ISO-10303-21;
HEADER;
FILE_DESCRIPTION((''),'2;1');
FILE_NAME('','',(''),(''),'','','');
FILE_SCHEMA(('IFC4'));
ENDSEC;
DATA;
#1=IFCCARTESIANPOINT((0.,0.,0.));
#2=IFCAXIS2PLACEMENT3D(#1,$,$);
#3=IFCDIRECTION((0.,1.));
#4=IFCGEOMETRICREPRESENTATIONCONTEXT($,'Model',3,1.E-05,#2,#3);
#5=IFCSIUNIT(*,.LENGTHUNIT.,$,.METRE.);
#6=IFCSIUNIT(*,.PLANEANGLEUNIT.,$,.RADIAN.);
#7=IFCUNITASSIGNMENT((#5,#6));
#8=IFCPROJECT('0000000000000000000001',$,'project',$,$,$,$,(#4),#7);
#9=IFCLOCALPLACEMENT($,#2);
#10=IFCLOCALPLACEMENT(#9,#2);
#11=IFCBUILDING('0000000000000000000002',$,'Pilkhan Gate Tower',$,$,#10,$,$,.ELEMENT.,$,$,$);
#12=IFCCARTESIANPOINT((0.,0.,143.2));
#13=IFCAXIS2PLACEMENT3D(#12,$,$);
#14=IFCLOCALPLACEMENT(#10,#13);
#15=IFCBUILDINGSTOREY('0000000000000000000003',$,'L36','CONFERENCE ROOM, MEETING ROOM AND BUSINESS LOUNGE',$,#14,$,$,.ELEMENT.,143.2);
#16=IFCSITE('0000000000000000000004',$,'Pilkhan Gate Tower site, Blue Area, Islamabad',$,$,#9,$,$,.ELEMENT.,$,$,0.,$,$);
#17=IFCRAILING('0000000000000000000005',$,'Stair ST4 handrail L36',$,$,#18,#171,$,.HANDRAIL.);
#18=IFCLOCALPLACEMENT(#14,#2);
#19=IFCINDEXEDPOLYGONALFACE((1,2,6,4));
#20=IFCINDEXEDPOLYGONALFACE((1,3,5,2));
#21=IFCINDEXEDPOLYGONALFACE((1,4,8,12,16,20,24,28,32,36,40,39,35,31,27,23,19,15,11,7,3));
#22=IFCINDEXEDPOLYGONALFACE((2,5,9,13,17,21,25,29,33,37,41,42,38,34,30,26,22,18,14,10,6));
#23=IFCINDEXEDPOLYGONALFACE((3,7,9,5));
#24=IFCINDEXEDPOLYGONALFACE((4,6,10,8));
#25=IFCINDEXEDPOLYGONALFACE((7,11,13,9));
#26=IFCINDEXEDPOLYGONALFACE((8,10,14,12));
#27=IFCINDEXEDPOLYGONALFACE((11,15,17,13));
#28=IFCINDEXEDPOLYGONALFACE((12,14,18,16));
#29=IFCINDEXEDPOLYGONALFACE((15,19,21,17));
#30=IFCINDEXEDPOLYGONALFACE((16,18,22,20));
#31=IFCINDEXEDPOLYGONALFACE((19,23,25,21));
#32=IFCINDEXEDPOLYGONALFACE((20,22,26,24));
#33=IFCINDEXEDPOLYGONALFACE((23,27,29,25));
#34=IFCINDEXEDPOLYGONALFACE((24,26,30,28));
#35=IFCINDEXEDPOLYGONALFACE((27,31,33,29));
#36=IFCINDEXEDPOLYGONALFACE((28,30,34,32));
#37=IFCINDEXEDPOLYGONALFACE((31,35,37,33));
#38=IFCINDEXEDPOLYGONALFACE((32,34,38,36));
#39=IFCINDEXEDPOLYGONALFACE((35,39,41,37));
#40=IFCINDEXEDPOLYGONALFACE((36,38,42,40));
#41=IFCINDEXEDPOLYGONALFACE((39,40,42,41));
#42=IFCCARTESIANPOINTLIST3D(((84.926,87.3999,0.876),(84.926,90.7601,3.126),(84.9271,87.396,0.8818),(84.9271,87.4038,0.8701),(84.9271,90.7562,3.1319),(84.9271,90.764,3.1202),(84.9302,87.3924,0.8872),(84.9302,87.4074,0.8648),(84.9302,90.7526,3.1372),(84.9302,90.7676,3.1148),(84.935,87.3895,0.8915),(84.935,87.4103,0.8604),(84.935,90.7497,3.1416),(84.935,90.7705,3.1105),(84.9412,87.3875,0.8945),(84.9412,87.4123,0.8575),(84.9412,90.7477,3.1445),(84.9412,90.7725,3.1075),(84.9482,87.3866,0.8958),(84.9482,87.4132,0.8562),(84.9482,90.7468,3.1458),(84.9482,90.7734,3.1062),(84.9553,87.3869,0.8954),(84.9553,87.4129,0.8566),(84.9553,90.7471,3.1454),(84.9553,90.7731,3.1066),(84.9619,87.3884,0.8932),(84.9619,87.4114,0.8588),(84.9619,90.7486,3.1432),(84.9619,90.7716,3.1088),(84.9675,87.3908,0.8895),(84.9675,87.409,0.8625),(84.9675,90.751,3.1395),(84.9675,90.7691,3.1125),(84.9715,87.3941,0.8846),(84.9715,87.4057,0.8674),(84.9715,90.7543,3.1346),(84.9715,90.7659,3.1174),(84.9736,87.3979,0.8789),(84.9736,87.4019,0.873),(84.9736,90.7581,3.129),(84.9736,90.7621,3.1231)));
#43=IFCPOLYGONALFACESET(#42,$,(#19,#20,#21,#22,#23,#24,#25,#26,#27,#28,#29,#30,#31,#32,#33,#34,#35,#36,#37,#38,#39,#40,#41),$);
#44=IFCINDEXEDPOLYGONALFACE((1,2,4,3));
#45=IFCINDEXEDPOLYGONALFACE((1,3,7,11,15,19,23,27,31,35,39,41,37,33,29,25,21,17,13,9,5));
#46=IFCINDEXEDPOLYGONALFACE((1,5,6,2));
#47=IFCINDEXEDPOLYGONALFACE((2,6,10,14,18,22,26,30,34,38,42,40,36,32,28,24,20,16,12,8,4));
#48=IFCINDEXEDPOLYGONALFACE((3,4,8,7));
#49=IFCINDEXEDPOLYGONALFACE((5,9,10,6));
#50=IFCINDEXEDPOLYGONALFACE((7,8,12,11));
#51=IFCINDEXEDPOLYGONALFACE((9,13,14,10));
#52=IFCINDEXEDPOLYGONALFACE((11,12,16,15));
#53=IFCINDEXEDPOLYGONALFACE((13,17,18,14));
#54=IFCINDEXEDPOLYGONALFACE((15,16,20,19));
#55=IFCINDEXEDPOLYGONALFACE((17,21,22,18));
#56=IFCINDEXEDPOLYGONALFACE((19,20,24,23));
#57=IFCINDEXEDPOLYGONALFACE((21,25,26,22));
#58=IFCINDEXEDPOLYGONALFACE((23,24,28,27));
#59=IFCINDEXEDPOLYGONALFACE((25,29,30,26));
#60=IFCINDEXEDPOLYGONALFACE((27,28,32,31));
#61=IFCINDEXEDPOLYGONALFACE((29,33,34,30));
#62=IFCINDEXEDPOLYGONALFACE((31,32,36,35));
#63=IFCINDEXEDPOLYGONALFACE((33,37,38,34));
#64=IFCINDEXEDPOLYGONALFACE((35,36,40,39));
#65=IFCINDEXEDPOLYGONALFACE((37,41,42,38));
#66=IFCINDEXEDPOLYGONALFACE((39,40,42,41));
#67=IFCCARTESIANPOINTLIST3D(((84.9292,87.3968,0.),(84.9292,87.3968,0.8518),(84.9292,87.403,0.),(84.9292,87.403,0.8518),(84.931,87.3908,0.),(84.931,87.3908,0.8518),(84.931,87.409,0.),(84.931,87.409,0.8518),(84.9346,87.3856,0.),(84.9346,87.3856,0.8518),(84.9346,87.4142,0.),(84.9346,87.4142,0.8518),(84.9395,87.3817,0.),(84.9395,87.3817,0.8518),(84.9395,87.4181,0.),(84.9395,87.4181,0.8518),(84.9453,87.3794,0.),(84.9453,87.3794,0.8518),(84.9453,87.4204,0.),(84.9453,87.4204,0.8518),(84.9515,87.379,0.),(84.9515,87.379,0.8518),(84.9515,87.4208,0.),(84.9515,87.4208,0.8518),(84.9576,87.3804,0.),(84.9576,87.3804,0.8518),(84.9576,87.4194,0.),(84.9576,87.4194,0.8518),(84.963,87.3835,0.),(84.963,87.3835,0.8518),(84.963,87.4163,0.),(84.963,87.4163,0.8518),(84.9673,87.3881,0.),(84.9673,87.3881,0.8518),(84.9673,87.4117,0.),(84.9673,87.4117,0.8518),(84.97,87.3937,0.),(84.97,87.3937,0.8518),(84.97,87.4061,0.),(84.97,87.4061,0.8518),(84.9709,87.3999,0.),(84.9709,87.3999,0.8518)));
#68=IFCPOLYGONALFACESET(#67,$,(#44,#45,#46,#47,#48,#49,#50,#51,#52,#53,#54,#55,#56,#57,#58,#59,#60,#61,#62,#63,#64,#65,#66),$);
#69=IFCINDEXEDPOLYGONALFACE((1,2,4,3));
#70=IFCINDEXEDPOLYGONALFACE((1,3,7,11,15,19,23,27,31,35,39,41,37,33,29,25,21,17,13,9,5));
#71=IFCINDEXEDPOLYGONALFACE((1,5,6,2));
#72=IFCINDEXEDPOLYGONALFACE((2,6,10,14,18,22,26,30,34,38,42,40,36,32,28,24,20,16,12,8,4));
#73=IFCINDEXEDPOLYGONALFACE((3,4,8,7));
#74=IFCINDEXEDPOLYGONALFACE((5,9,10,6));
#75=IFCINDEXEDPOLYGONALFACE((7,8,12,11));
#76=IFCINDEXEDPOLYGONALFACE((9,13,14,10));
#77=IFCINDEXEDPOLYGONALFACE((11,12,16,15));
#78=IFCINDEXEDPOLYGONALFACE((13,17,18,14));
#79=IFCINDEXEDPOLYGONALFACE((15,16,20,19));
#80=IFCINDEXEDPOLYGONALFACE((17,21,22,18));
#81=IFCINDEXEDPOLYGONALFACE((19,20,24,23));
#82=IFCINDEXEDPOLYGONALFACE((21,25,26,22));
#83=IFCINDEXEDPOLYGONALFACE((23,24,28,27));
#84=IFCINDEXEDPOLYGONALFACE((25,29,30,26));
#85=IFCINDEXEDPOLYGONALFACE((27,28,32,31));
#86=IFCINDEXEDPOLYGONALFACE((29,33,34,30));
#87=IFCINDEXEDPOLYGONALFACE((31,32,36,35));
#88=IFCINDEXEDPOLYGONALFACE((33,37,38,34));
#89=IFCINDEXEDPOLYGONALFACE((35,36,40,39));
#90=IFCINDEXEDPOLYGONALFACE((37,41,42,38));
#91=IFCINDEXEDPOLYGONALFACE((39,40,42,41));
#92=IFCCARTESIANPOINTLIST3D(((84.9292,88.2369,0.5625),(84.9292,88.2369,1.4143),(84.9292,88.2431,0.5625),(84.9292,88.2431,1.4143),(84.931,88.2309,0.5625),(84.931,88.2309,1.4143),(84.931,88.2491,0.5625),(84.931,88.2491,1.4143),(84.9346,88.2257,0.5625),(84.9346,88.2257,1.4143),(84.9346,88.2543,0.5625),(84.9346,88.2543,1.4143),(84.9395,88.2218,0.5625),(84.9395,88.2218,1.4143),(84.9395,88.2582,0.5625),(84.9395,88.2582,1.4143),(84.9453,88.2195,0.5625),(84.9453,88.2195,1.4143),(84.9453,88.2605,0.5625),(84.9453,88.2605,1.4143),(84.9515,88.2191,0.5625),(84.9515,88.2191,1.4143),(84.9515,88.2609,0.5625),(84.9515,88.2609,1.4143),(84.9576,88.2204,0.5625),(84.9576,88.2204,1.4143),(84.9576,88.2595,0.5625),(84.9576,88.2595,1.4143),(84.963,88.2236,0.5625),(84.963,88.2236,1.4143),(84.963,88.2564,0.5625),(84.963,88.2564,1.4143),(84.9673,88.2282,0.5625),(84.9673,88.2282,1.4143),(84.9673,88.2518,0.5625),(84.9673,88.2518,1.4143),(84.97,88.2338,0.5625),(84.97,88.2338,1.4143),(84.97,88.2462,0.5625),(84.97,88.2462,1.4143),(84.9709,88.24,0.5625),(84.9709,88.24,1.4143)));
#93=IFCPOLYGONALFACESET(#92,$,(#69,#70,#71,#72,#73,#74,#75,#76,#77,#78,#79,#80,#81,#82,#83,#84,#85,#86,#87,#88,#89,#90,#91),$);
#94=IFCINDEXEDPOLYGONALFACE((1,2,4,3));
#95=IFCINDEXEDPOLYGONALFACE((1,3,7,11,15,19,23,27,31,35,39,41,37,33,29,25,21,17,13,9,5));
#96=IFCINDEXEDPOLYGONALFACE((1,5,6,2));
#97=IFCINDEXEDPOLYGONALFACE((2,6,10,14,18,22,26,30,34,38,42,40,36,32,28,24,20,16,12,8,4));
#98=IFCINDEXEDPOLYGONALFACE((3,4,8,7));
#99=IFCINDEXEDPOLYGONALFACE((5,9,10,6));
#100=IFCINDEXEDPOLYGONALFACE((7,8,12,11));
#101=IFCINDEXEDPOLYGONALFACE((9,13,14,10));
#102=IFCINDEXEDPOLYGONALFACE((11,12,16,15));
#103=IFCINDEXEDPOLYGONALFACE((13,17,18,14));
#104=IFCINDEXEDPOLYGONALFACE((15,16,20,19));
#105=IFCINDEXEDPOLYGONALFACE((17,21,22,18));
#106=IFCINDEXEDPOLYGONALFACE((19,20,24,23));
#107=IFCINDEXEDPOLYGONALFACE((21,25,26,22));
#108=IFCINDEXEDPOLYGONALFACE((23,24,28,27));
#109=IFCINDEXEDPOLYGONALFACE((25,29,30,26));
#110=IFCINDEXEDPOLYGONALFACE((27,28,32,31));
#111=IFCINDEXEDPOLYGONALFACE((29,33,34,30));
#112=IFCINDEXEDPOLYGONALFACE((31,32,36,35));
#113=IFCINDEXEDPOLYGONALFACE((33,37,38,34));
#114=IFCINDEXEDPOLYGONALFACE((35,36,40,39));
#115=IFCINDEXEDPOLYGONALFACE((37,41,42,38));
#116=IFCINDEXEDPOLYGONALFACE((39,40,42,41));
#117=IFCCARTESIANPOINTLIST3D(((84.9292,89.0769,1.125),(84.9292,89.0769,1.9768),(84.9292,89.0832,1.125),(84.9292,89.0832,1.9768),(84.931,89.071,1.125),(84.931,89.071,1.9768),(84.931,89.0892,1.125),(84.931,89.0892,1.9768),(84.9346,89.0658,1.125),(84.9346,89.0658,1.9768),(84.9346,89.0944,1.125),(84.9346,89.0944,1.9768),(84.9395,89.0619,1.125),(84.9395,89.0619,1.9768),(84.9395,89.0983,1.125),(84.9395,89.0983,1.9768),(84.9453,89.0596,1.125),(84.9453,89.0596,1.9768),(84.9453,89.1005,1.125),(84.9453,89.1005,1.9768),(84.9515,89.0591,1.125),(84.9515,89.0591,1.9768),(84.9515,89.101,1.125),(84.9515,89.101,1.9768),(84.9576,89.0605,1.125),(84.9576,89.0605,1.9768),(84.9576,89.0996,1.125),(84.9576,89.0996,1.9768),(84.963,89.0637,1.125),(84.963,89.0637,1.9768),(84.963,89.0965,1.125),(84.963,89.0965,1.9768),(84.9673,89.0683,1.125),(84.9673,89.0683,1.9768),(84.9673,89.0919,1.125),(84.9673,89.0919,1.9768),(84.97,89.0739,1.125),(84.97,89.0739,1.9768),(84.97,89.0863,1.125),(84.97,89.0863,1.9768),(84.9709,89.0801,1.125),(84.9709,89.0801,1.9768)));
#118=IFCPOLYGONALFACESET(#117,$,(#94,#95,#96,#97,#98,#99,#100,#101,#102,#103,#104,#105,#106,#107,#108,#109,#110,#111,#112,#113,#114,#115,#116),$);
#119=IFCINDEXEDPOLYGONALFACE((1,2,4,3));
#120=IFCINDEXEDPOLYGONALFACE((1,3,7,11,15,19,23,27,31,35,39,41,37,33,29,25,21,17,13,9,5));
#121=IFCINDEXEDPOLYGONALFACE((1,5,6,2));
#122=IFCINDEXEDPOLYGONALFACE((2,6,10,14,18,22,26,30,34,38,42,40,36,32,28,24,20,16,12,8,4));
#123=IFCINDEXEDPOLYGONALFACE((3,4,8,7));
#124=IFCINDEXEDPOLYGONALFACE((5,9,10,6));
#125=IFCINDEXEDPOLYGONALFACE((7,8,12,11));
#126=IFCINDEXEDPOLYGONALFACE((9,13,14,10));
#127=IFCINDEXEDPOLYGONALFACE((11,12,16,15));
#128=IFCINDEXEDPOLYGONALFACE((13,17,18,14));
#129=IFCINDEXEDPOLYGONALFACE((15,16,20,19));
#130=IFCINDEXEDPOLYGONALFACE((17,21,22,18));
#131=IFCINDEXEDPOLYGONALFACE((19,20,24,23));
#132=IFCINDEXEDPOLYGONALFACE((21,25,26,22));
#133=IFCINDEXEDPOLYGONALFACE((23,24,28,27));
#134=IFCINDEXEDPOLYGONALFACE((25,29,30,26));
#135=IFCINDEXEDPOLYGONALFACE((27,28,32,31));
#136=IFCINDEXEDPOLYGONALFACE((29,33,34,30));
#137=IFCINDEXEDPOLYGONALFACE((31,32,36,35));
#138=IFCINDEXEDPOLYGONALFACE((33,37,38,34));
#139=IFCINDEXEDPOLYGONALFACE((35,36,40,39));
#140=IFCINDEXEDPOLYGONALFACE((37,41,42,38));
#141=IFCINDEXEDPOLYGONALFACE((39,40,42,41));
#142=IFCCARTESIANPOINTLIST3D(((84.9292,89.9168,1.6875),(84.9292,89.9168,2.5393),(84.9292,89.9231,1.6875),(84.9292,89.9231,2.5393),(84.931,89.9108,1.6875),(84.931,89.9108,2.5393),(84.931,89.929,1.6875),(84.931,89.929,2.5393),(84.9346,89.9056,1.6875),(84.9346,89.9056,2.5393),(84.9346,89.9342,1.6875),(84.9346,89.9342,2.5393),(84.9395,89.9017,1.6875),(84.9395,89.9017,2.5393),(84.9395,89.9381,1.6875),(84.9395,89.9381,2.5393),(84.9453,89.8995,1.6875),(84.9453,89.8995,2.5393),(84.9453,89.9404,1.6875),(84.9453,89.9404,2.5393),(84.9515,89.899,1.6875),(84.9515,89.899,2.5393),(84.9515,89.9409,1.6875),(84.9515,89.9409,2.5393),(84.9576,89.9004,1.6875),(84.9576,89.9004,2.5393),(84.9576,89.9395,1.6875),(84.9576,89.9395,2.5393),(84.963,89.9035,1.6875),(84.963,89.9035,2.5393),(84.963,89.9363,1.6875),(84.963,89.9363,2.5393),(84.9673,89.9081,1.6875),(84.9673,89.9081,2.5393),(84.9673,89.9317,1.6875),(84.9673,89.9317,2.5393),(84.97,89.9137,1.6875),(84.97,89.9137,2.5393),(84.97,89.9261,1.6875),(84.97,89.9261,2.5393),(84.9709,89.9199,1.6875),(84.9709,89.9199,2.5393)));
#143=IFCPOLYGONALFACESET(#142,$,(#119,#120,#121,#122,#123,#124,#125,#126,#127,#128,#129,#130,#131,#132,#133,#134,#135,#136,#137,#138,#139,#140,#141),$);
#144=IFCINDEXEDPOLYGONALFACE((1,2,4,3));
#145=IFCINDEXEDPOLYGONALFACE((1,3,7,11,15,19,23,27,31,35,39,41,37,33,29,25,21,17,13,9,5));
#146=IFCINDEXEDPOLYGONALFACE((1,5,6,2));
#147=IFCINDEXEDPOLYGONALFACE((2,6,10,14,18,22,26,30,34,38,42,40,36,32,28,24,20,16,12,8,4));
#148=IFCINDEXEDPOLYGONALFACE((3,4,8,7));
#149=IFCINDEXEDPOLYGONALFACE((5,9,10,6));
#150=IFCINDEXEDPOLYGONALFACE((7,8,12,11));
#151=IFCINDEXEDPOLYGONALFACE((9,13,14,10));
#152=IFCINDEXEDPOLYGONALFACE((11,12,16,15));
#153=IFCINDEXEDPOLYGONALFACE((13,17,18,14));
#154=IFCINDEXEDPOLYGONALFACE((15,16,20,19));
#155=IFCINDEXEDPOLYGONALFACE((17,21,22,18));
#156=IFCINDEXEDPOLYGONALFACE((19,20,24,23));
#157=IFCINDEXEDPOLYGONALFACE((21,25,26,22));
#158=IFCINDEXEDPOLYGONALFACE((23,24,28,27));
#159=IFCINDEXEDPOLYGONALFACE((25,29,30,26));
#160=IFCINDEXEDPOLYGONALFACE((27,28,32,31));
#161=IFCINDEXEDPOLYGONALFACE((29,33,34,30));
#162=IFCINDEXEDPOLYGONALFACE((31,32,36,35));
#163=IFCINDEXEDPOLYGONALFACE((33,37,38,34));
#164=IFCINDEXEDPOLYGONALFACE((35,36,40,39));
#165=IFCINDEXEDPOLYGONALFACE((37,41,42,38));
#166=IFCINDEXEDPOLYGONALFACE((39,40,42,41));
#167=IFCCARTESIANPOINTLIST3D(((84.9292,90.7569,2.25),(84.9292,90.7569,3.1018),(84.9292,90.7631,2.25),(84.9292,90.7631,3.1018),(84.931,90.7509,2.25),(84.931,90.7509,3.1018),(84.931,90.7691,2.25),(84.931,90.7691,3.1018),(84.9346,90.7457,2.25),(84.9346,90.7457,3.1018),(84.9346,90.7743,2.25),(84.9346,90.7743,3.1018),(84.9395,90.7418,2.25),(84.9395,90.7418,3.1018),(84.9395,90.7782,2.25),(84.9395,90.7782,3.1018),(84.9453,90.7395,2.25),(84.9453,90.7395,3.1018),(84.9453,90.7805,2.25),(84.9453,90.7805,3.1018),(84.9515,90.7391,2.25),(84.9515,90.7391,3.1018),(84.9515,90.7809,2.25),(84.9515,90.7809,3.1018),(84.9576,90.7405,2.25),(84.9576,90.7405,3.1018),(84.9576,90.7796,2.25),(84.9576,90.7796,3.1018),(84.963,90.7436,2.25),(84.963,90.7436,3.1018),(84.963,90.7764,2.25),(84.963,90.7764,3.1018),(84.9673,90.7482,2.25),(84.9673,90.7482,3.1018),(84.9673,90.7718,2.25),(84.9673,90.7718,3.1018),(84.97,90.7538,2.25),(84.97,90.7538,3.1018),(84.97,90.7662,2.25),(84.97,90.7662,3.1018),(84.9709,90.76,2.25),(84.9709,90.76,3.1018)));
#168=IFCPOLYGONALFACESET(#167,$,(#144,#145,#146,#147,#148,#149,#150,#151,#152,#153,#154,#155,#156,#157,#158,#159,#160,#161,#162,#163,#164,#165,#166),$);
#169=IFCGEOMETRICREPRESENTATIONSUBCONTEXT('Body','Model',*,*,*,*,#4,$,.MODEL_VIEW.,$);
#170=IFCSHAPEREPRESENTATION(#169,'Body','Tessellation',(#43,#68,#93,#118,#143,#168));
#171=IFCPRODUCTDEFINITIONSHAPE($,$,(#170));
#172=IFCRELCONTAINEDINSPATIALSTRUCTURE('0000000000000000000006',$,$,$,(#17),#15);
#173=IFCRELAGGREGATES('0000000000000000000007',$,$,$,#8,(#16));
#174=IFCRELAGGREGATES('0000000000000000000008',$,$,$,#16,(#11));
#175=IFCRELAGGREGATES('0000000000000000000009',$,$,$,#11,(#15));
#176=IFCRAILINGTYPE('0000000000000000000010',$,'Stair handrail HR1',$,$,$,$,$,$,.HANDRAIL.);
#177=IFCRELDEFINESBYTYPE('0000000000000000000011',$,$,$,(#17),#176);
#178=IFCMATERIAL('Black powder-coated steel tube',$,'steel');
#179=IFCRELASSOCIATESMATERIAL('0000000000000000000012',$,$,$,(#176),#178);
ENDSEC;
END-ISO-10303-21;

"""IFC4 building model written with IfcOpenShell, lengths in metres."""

from ifc_helpers import new_model, si_unit, direction, frame, origin, origin_2d, place, context, subcontext, project, spatial, circle, extrude, material, type_object, element, save


model = new_model("IFC4")

# Units and contexts
model_context = context("Model", 3, precision=1e-05, world=origin(), true_north=direction((0.0, 1.0)))
body_context = subcontext(model_context, "Body", "Model", "MODEL_VIEW")
ifc_project = project(units=[si_unit("LENGTHUNIT", "METRE"), si_unit("PLANEANGLEUNIT", "RADIAN")], contexts=[model_context])

# Site, building, storey
site_placement = place(None, origin())
site = spatial("IfcSite", under=ifc_project, at=site_placement, Name="Pilkhan Gate Tower site, Blue Area, Islamabad", CompositionType="ELEMENT", RefElevation=0.0)
building_placement = place(site_placement, origin())
building = spatial("IfcBuilding", under=site, at=building_placement, Name="Pilkhan Gate Tower", CompositionType="ELEMENT")
storey_placement = place(building_placement, frame((0.0, 0.0, 143.2)))
storey = spatial("IfcBuildingStorey", under=building, at=storey_placement, Name="L36", Description="CONFERENCE ROOM, MEETING ROOM AND BUSINESS LOUNGE", CompositionType="ELEMENT", Elevation=143.2)

# Railing
ifc_material_1 = material(Name="Black powder-coated steel tube", Category="steel")
railing_type_1 = type_object("IfcRailingType", Name="Stair handrail HR1", PredefinedType="HANDRAIL", material=ifc_material_1)
railing_placement = place(storey_placement, frame((84.95, 87.3999, 0.0)))
element("IfcRailing", 1, at=railing_placement, inside=storey, type_object=railing_type_1, Name="Stair ST4 handrail L36", PredefinedType="HANDRAIL", context=body_context, shape_type="SweptSolid", body=[
    extrude(circle(Radius=0.0239, at=origin_2d()), frame((0.0, 0.0, 0.876), z_axis=(0.0, 0.830915, 0.556399), x_axis=(-1.0, 0.0, 0.0)), (0.0, 0.0, 1.0), 4.0439),
    extrude(circle(Radius=0.021, at=origin_2d()), origin(), (0.0, 0.0, 1.0), 0.8518),
    extrude(circle(Radius=0.021, at=origin_2d()), frame((0.0, 0.8401, 0.5625)), (0.0, 0.0, 1.0), 0.8518),
    extrude(circle(Radius=0.021, at=origin_2d()), frame((0.0, 1.6802, 1.125)), (0.0, 0.0, 1.0), 0.8518),
    extrude(circle(Radius=0.021, at=origin_2d()), frame((0.0, 2.52, 1.6875)), (0.0, 0.0, 1.0), 0.8518),
    extrude(circle(Radius=0.021, at=origin_2d()), frame((0.0, 3.3601, 2.25)), (0.0, 0.0, 1.0), 0.8518),
])

save(model, "model.ifc")
